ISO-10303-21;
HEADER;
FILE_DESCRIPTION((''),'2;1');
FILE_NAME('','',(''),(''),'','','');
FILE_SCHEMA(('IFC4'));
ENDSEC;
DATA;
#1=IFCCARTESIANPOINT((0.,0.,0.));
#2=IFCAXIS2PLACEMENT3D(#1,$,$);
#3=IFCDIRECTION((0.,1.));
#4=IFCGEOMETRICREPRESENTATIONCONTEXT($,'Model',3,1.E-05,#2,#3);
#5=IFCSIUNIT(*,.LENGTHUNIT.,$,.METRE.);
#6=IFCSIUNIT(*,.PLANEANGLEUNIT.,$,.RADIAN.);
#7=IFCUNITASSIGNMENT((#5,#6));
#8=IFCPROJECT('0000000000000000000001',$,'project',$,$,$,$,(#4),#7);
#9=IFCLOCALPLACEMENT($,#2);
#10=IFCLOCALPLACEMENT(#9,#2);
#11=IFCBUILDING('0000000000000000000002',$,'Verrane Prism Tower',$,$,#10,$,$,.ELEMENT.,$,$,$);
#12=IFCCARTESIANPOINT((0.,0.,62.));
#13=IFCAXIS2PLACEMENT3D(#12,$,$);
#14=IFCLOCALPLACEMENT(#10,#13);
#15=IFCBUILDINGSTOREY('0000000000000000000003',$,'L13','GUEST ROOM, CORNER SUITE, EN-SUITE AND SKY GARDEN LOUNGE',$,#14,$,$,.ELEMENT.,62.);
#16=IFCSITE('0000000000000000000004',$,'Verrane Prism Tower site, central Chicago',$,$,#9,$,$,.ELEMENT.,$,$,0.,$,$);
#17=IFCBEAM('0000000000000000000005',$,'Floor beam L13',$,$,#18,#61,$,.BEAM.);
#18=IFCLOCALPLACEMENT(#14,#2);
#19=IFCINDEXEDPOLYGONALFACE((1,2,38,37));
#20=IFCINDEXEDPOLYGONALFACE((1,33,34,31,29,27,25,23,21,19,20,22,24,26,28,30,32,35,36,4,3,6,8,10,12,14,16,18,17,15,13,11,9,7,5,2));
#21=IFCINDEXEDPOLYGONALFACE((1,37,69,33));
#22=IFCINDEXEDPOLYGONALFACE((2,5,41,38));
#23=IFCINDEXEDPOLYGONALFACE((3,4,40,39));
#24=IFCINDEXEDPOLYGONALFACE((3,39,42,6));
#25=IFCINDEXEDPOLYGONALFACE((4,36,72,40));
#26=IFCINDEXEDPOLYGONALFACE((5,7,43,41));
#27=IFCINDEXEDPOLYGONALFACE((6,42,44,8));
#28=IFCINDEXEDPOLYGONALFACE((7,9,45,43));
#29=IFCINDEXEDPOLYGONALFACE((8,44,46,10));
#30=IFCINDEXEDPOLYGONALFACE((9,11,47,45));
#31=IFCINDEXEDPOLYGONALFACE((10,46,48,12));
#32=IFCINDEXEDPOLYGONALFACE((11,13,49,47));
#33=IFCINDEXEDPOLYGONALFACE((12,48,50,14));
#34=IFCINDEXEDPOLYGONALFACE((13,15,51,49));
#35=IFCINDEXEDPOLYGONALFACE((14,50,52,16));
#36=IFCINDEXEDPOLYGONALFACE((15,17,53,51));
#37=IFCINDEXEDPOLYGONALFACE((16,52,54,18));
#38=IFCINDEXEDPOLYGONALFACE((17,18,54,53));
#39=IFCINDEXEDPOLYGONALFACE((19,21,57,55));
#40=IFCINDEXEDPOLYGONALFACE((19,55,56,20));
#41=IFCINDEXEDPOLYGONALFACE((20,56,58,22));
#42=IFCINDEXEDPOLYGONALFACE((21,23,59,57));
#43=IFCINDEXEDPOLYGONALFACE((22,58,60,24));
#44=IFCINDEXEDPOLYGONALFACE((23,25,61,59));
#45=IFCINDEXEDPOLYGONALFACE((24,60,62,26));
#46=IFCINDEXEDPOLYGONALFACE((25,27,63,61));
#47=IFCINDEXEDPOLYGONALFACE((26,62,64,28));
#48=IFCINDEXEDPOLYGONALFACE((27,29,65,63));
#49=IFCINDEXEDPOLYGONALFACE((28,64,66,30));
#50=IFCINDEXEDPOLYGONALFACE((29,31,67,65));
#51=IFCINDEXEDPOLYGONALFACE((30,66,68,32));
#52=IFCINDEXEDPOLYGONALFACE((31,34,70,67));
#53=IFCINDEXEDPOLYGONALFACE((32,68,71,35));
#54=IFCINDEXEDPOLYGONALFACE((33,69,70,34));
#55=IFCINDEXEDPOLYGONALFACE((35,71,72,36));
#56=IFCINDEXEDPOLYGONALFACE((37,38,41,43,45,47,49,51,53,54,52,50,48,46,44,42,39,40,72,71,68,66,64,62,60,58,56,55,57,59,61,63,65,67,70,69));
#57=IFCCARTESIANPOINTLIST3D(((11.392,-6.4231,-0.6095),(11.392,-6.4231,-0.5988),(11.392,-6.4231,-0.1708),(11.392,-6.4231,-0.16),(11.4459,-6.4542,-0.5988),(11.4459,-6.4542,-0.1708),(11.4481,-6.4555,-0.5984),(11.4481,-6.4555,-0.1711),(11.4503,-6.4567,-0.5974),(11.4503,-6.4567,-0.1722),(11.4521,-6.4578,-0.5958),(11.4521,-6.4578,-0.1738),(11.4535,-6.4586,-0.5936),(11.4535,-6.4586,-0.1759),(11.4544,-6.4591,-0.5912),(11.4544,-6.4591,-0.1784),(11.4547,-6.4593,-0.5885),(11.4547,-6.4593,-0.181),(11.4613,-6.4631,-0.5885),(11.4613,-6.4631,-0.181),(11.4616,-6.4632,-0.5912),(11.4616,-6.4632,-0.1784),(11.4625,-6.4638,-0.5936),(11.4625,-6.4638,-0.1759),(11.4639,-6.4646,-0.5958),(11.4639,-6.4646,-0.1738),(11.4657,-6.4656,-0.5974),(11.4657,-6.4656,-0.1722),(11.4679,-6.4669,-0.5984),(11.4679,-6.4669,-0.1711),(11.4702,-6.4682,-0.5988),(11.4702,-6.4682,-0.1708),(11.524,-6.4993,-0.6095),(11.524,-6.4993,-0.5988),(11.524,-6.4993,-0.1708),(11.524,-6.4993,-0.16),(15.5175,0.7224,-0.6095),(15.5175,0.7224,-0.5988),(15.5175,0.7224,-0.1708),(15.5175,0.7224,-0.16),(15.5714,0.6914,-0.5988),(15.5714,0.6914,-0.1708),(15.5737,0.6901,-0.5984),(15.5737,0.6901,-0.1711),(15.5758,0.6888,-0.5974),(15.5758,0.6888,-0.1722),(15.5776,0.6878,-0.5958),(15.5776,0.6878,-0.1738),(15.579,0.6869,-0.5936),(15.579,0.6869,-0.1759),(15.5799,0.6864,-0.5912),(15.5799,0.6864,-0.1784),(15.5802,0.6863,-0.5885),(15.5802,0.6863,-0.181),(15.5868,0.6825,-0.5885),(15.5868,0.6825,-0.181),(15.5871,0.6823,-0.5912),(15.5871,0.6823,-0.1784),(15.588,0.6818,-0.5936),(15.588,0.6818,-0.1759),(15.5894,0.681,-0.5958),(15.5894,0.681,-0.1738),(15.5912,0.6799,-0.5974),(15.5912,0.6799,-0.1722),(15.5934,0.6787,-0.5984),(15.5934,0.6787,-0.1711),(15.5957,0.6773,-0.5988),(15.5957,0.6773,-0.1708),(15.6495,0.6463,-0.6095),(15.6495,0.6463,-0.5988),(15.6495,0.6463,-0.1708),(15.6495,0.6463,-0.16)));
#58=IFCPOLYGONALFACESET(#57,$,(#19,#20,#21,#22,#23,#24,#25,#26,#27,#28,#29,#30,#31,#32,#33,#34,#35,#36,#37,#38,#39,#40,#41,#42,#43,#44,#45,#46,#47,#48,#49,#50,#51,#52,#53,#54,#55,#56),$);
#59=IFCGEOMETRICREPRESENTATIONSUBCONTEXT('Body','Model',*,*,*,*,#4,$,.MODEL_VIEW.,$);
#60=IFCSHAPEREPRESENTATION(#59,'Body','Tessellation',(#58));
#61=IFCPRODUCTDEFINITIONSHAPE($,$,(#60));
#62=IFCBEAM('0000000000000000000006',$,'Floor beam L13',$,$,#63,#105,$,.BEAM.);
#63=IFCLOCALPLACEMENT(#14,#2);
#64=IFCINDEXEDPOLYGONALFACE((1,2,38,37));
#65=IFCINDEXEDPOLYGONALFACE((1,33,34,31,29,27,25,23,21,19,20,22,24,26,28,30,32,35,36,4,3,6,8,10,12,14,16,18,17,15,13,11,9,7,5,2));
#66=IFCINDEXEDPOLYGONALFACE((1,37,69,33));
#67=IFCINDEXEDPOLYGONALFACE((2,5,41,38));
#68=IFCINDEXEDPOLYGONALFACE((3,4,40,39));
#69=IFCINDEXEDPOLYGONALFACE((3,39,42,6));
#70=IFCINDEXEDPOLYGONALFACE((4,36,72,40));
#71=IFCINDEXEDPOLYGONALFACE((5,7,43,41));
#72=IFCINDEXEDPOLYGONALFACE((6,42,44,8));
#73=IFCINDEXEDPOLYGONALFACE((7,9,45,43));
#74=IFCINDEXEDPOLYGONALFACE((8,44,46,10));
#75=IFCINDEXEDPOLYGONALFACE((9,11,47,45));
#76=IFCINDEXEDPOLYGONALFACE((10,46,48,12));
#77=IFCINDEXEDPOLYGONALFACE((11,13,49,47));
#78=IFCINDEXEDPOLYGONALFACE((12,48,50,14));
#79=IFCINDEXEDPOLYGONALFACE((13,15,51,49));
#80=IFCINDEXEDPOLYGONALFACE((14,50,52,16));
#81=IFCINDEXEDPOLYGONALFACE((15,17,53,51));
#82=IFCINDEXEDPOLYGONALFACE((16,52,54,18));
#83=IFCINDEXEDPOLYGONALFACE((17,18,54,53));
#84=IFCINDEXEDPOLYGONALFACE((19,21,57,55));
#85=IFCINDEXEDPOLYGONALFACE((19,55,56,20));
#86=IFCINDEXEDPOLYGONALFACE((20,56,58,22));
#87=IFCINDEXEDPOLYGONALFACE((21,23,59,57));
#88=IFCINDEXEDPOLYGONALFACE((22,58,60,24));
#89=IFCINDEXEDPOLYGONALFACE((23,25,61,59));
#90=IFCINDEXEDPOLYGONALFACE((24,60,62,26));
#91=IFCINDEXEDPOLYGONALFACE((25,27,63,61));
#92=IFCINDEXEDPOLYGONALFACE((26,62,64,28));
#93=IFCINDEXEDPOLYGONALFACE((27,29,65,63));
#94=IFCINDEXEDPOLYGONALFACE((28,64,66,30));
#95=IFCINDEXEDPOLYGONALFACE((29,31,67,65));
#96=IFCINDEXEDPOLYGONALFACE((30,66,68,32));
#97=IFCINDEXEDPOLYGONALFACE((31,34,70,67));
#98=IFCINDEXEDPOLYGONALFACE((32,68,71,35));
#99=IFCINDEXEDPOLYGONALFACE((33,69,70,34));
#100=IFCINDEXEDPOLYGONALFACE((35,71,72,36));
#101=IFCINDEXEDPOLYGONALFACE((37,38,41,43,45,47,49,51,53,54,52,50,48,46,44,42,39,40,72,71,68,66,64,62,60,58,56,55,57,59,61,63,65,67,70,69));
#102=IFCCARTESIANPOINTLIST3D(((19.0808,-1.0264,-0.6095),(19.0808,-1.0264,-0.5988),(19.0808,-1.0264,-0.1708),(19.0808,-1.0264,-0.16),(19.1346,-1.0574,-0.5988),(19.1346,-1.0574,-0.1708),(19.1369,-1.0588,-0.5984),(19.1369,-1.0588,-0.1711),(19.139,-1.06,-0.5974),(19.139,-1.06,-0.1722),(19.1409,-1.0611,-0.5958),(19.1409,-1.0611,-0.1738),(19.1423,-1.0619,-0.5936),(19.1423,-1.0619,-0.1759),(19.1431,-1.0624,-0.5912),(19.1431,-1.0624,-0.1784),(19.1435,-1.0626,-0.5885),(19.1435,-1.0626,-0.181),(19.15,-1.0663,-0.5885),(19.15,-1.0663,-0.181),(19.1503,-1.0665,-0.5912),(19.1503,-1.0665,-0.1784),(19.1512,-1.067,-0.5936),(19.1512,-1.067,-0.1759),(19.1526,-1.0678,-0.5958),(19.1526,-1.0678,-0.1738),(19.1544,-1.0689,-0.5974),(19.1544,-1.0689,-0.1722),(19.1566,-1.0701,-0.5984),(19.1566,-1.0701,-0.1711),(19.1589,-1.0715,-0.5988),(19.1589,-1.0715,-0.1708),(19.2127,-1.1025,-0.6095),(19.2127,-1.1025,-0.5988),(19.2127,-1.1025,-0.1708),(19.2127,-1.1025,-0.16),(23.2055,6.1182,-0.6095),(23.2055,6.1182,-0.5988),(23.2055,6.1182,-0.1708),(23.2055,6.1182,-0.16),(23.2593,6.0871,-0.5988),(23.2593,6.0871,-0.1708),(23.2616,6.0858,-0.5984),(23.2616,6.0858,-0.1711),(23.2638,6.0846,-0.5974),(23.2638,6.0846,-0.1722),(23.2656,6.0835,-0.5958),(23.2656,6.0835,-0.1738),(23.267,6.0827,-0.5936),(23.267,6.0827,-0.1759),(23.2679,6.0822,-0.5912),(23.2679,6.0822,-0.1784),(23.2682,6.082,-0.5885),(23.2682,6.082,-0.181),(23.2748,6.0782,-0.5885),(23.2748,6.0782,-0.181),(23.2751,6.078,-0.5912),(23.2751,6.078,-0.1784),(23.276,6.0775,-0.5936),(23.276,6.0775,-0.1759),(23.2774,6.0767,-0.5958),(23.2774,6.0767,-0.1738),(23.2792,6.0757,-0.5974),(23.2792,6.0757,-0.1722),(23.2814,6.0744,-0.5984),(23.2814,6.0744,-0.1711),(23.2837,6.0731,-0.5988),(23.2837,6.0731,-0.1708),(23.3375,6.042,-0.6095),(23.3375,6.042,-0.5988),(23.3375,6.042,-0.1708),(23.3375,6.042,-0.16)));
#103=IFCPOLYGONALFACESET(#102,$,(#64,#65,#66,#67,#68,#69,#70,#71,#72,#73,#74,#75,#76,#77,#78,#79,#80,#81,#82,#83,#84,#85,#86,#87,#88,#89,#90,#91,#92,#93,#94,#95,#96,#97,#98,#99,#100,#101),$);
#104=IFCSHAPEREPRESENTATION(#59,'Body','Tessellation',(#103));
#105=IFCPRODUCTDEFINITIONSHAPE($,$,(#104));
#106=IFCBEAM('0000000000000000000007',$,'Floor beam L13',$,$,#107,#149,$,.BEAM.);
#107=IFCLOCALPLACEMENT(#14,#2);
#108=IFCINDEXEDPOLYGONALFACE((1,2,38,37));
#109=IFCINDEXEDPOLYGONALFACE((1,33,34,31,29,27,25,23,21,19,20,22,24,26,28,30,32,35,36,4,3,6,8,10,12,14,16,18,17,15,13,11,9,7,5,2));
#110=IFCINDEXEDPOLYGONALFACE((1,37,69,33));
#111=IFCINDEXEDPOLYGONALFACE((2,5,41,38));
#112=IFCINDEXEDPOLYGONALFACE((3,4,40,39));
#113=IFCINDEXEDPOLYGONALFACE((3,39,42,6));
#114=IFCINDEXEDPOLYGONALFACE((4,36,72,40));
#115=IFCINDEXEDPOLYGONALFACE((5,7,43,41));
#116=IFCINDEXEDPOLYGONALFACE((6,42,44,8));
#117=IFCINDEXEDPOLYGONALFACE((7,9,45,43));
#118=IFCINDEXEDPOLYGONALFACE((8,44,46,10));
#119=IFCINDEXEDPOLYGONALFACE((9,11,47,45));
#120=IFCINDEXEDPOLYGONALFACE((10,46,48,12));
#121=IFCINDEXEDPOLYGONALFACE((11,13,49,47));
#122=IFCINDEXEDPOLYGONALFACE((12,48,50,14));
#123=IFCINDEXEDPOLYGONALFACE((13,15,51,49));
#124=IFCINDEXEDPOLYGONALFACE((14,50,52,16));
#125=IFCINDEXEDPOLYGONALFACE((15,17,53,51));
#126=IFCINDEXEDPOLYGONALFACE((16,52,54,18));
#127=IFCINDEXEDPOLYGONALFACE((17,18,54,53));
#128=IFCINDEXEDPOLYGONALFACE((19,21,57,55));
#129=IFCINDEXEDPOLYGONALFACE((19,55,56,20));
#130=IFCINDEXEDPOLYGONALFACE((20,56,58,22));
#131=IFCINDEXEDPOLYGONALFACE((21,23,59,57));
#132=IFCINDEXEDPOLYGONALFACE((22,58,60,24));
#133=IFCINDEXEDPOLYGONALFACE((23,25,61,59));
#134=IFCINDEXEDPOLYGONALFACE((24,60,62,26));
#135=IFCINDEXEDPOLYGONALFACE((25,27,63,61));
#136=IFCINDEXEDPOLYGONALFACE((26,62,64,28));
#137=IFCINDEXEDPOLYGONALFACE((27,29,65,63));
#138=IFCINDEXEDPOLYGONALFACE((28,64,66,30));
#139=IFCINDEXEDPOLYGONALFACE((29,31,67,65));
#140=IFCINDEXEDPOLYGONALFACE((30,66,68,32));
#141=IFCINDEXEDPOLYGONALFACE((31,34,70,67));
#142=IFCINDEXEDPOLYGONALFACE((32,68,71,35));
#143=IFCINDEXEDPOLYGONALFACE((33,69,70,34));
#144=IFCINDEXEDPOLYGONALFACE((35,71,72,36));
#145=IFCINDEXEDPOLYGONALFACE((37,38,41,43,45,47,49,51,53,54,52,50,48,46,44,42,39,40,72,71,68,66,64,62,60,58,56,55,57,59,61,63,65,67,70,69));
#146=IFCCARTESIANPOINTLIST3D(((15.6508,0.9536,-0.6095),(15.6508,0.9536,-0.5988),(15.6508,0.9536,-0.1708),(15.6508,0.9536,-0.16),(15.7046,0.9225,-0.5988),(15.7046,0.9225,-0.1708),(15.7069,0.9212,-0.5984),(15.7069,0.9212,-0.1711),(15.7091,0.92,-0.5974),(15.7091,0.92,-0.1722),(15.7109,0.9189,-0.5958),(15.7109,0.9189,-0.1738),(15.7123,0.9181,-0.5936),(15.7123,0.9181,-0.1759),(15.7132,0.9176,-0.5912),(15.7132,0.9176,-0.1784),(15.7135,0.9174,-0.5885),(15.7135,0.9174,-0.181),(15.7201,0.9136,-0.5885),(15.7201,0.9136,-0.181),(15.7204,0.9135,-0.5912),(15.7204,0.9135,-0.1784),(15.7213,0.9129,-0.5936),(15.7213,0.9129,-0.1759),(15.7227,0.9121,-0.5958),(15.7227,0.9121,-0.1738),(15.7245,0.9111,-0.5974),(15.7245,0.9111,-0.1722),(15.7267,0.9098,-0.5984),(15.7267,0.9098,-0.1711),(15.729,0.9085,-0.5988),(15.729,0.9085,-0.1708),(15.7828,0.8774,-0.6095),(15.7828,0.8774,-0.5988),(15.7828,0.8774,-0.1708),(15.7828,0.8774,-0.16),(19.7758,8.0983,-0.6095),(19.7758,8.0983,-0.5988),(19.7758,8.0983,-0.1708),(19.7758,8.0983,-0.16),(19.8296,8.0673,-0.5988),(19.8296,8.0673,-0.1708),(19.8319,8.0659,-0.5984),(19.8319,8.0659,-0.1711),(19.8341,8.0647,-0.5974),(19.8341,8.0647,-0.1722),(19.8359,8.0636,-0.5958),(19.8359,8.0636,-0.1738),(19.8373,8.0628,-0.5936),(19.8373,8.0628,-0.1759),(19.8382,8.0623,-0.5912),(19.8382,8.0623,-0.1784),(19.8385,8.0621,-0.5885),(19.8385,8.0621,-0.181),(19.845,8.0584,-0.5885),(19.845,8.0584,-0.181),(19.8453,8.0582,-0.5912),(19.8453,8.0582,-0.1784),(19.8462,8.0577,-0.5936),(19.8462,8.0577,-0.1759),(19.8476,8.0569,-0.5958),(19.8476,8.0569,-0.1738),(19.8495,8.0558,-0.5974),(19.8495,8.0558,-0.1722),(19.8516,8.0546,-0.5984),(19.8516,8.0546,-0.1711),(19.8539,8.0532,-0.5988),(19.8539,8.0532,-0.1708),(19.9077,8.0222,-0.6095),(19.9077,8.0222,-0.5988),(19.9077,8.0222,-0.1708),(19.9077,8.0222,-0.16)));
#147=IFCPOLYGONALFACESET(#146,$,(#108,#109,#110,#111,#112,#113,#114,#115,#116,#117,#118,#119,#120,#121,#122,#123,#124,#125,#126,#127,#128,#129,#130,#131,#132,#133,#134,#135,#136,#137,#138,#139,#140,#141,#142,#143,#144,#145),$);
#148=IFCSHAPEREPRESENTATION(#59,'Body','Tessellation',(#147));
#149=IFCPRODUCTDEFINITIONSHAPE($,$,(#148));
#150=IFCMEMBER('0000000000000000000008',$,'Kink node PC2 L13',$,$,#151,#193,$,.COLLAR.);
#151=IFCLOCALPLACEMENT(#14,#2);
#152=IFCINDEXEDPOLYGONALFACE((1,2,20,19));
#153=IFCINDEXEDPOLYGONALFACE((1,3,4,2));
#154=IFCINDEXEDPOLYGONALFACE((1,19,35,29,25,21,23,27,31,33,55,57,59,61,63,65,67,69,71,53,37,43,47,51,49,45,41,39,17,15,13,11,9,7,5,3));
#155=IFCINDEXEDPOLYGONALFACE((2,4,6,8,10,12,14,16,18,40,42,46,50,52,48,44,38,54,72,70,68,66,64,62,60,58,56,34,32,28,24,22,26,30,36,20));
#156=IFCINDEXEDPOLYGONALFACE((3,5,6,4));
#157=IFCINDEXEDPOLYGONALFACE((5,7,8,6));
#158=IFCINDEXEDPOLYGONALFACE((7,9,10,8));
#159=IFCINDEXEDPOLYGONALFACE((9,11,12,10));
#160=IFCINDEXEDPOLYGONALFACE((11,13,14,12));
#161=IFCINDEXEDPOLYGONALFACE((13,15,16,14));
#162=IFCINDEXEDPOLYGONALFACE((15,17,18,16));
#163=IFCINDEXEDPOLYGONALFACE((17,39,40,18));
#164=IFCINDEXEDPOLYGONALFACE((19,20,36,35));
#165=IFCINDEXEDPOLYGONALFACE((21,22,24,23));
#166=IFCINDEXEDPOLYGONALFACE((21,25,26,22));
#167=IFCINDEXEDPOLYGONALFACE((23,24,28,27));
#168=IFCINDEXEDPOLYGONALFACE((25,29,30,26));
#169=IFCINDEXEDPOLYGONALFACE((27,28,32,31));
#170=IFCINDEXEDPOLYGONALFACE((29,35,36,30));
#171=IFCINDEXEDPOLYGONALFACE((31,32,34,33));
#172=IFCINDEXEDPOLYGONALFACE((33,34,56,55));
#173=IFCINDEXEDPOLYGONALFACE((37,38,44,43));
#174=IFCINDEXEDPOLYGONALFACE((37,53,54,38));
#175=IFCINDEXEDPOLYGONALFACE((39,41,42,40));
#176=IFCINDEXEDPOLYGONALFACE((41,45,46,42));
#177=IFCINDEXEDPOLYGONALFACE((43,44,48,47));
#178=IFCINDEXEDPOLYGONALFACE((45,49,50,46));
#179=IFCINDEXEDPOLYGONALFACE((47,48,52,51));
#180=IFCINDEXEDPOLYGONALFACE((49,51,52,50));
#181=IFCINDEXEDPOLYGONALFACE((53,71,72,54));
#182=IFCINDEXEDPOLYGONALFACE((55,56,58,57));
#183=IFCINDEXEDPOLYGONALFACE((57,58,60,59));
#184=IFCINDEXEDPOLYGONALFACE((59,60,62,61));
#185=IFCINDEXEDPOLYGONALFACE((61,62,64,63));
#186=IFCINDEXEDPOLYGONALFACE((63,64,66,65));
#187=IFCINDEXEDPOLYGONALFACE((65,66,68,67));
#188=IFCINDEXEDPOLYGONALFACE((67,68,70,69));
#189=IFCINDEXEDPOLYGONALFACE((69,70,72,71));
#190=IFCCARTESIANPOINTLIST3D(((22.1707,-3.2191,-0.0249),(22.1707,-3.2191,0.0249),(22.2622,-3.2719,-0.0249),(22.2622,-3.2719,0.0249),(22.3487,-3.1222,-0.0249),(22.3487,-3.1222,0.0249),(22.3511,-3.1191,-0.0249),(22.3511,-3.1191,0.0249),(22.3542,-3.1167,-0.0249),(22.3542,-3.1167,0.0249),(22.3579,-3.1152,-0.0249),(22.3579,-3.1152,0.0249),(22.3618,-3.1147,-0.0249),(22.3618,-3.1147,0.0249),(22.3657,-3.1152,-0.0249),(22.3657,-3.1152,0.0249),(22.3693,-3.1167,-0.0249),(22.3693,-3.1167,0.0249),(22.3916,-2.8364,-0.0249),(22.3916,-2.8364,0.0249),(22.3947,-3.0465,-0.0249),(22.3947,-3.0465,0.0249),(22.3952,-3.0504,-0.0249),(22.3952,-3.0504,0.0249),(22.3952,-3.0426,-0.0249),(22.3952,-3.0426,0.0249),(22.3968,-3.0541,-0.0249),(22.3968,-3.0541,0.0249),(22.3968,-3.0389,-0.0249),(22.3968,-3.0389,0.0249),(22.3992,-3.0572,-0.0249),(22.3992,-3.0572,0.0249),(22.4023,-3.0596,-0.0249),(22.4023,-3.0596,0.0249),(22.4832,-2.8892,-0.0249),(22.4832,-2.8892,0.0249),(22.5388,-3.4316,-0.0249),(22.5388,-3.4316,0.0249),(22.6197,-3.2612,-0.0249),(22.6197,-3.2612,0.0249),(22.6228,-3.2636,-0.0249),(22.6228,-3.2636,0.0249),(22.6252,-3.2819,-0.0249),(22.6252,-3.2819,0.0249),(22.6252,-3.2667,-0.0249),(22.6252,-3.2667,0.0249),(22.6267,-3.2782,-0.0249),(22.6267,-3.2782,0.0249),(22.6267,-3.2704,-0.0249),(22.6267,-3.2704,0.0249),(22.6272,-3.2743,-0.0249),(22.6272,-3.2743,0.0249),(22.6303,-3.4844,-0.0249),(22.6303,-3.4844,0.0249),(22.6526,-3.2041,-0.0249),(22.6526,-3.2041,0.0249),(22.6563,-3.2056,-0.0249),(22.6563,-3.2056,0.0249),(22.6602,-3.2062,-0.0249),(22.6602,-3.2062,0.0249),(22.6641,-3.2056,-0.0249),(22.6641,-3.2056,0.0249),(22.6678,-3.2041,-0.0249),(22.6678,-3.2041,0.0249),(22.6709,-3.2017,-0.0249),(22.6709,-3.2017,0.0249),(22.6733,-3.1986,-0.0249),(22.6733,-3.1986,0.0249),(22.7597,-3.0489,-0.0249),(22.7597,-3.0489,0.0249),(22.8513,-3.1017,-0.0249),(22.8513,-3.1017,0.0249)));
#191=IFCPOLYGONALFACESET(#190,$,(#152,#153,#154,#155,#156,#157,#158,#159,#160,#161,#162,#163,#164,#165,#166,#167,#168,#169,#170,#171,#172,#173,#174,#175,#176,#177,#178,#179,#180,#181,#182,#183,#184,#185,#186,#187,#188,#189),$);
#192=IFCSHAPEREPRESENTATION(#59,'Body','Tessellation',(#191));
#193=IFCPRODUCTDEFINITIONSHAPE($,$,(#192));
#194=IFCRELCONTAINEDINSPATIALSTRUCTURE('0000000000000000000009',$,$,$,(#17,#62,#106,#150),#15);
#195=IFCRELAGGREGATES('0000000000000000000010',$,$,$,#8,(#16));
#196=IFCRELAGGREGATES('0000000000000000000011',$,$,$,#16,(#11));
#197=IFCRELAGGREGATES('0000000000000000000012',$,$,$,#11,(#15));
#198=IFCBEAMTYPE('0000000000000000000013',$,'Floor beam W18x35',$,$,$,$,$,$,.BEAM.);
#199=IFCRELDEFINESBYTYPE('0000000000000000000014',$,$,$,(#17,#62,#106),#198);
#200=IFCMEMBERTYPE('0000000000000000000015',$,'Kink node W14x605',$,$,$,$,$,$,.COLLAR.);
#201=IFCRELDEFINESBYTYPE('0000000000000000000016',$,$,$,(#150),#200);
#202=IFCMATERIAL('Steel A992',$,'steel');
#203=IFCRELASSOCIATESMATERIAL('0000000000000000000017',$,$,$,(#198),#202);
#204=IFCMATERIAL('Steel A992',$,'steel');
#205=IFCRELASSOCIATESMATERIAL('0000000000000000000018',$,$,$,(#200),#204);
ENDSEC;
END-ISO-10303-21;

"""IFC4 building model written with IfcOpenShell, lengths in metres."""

from ifc_helpers import new_model, si_unit, direction, frame, origin, origin_2d, place, context, subcontext, project, spatial, i_section, extrude, material, material_profile, profile_set, type_object, element, save


model = new_model("IFC4")

# Units and contexts
model_context = context("Model", 3, precision=1e-05, world=origin(), true_north=direction((0.0, 1.0)))
body_context = subcontext(model_context, "Body", "Model", "MODEL_VIEW")
ifc_project = project(units=[si_unit("LENGTHUNIT", "METRE"), si_unit("PLANEANGLEUNIT", "RADIAN")], contexts=[model_context])

# Site, building, storey
site_placement = place(None, origin())
site = spatial("IfcSite", under=ifc_project, at=site_placement, Name="Verrane Prism Tower site, central Chicago", CompositionType="ELEMENT", RefElevation=0.0)
building_placement = place(site_placement, origin())
building = spatial("IfcBuilding", under=site, at=building_placement, Name="Verrane Prism Tower", CompositionType="ELEMENT")
storey_placement = place(building_placement, frame((0.0, 0.0, 62.0)))
storey = spatial("IfcBuildingStorey", under=building, at=storey_placement, Name="L13", Description="GUEST ROOM, CORNER SUITE, EN-SUITE AND SKY GARDEN LOUNGE", CompositionType="ELEMENT", Elevation=62.0)

# Beams
ifc_material_1 = material(Name="Steel A992", Category="steel")
ifc_material_profile_1 = material_profile(ifc_material_1, i_section(OverallWidth=0.1523, OverallDepth=0.4495, WebThickness=0.0076, FlangeThickness=0.0107, FilletRadius=0.0103, at=origin_2d()), Name="W18x35")
ifc_profile_set_1 = profile_set([ifc_material_profile_1], Name="Steel A992")
beam_type_1 = type_object("IfcBeamType", Name="Floor beam W18x35", PredefinedType="BEAM", material=ifc_profile_set_1)
beam_1_placement = place(storey_placement, frame((11.458, -6.4612, -0.3848), z_axis=(0.500002, 0.866024, 0.0), x_axis=(-0.866024, 0.500002, 0.0)))
element("IfcBeam", 1, at=beam_1_placement, inside=storey, type_object=beam_type_1, Name="Floor beam L13", PredefinedType="BEAM", context=body_context, shape_type="SweptSolid", body=[
    extrude(i_section(OverallWidth=0.1523, OverallDepth=0.4495, WebThickness=0.0076, FlangeThickness=0.0107, FilletRadius=0.0103, at=origin_2d()), origin(), (0.0, 0.0, 1.0), 8.251),
])
beam_2_placement = place(storey_placement, frame((19.1467, -1.0645, -0.3848), z_axis=(0.499987, 0.866033, 0.0), x_axis=(-0.866033, 0.499987, 0.0)))
element("IfcBeam", 2, at=beam_2_placement, inside=storey, type_object=beam_type_1, Name="Floor beam L13", PredefinedType="BEAM", context=body_context, shape_type="SweptSolid", body=[
    extrude(i_section(OverallWidth=0.1523, OverallDepth=0.4495, WebThickness=0.0076, FlangeThickness=0.0107, FilletRadius=0.0103, at=origin_2d()), origin(), (0.0, 0.0, 1.0), 8.2498),
])
beam_3_placement = place(storey_placement, frame((15.7168, 0.9155, -0.3848), z_axis=(0.499997, 0.866027, 0.0), x_axis=(-0.866027, 0.499997, 0.0)))
element("IfcBeam", 3, at=beam_3_placement, inside=storey, type_object=beam_type_1, Name="Floor beam L13", PredefinedType="BEAM", context=body_context, shape_type="SweptSolid", body=[
    extrude(i_section(OverallWidth=0.1523, OverallDepth=0.4495, WebThickness=0.0076, FlangeThickness=0.0107, FilletRadius=0.0103, at=origin_2d()), origin(), (0.0, 0.0, 1.0), 8.25),
])

# Member
ifc_material_2 = material(Name="Steel A992", Category="steel")
ifc_material_profile_2 = material_profile(ifc_material_2, i_section(OverallWidth=0.4419, OverallDepth=0.5308, WebThickness=0.0659, FlangeThickness=0.1057, FilletRadius=0.0151, at=origin_2d()), Name="W14x605")
ifc_profile_set_2 = profile_set([ifc_material_profile_2], Name="Steel A992")
member_type_1 = type_object("IfcMemberType", Name="Kink node W14x605", PredefinedType="COLLAR", material=ifc_profile_set_2)
member_1_placement = place(storey_placement, frame((22.511, -3.1604, -0.0249), z_axis=(0.0, 0.0, 1.0), x_axis=(-0.5, -0.866025, 0.0)))
element("IfcMember", 4, at=member_1_placement, inside=storey, type_object=member_type_1, Name="Kink node PC2 L13", PredefinedType="COLLAR", context=body_context, shape_type="SweptSolid", body=[
    extrude(i_section(OverallWidth=0.4419, OverallDepth=0.5308, WebThickness=0.0659, FlangeThickness=0.1057, FilletRadius=0.0151, at=origin_2d()), origin(), (0.0, 0.0, 1.0), 0.0498),
])

save(model, "model.ifc")
